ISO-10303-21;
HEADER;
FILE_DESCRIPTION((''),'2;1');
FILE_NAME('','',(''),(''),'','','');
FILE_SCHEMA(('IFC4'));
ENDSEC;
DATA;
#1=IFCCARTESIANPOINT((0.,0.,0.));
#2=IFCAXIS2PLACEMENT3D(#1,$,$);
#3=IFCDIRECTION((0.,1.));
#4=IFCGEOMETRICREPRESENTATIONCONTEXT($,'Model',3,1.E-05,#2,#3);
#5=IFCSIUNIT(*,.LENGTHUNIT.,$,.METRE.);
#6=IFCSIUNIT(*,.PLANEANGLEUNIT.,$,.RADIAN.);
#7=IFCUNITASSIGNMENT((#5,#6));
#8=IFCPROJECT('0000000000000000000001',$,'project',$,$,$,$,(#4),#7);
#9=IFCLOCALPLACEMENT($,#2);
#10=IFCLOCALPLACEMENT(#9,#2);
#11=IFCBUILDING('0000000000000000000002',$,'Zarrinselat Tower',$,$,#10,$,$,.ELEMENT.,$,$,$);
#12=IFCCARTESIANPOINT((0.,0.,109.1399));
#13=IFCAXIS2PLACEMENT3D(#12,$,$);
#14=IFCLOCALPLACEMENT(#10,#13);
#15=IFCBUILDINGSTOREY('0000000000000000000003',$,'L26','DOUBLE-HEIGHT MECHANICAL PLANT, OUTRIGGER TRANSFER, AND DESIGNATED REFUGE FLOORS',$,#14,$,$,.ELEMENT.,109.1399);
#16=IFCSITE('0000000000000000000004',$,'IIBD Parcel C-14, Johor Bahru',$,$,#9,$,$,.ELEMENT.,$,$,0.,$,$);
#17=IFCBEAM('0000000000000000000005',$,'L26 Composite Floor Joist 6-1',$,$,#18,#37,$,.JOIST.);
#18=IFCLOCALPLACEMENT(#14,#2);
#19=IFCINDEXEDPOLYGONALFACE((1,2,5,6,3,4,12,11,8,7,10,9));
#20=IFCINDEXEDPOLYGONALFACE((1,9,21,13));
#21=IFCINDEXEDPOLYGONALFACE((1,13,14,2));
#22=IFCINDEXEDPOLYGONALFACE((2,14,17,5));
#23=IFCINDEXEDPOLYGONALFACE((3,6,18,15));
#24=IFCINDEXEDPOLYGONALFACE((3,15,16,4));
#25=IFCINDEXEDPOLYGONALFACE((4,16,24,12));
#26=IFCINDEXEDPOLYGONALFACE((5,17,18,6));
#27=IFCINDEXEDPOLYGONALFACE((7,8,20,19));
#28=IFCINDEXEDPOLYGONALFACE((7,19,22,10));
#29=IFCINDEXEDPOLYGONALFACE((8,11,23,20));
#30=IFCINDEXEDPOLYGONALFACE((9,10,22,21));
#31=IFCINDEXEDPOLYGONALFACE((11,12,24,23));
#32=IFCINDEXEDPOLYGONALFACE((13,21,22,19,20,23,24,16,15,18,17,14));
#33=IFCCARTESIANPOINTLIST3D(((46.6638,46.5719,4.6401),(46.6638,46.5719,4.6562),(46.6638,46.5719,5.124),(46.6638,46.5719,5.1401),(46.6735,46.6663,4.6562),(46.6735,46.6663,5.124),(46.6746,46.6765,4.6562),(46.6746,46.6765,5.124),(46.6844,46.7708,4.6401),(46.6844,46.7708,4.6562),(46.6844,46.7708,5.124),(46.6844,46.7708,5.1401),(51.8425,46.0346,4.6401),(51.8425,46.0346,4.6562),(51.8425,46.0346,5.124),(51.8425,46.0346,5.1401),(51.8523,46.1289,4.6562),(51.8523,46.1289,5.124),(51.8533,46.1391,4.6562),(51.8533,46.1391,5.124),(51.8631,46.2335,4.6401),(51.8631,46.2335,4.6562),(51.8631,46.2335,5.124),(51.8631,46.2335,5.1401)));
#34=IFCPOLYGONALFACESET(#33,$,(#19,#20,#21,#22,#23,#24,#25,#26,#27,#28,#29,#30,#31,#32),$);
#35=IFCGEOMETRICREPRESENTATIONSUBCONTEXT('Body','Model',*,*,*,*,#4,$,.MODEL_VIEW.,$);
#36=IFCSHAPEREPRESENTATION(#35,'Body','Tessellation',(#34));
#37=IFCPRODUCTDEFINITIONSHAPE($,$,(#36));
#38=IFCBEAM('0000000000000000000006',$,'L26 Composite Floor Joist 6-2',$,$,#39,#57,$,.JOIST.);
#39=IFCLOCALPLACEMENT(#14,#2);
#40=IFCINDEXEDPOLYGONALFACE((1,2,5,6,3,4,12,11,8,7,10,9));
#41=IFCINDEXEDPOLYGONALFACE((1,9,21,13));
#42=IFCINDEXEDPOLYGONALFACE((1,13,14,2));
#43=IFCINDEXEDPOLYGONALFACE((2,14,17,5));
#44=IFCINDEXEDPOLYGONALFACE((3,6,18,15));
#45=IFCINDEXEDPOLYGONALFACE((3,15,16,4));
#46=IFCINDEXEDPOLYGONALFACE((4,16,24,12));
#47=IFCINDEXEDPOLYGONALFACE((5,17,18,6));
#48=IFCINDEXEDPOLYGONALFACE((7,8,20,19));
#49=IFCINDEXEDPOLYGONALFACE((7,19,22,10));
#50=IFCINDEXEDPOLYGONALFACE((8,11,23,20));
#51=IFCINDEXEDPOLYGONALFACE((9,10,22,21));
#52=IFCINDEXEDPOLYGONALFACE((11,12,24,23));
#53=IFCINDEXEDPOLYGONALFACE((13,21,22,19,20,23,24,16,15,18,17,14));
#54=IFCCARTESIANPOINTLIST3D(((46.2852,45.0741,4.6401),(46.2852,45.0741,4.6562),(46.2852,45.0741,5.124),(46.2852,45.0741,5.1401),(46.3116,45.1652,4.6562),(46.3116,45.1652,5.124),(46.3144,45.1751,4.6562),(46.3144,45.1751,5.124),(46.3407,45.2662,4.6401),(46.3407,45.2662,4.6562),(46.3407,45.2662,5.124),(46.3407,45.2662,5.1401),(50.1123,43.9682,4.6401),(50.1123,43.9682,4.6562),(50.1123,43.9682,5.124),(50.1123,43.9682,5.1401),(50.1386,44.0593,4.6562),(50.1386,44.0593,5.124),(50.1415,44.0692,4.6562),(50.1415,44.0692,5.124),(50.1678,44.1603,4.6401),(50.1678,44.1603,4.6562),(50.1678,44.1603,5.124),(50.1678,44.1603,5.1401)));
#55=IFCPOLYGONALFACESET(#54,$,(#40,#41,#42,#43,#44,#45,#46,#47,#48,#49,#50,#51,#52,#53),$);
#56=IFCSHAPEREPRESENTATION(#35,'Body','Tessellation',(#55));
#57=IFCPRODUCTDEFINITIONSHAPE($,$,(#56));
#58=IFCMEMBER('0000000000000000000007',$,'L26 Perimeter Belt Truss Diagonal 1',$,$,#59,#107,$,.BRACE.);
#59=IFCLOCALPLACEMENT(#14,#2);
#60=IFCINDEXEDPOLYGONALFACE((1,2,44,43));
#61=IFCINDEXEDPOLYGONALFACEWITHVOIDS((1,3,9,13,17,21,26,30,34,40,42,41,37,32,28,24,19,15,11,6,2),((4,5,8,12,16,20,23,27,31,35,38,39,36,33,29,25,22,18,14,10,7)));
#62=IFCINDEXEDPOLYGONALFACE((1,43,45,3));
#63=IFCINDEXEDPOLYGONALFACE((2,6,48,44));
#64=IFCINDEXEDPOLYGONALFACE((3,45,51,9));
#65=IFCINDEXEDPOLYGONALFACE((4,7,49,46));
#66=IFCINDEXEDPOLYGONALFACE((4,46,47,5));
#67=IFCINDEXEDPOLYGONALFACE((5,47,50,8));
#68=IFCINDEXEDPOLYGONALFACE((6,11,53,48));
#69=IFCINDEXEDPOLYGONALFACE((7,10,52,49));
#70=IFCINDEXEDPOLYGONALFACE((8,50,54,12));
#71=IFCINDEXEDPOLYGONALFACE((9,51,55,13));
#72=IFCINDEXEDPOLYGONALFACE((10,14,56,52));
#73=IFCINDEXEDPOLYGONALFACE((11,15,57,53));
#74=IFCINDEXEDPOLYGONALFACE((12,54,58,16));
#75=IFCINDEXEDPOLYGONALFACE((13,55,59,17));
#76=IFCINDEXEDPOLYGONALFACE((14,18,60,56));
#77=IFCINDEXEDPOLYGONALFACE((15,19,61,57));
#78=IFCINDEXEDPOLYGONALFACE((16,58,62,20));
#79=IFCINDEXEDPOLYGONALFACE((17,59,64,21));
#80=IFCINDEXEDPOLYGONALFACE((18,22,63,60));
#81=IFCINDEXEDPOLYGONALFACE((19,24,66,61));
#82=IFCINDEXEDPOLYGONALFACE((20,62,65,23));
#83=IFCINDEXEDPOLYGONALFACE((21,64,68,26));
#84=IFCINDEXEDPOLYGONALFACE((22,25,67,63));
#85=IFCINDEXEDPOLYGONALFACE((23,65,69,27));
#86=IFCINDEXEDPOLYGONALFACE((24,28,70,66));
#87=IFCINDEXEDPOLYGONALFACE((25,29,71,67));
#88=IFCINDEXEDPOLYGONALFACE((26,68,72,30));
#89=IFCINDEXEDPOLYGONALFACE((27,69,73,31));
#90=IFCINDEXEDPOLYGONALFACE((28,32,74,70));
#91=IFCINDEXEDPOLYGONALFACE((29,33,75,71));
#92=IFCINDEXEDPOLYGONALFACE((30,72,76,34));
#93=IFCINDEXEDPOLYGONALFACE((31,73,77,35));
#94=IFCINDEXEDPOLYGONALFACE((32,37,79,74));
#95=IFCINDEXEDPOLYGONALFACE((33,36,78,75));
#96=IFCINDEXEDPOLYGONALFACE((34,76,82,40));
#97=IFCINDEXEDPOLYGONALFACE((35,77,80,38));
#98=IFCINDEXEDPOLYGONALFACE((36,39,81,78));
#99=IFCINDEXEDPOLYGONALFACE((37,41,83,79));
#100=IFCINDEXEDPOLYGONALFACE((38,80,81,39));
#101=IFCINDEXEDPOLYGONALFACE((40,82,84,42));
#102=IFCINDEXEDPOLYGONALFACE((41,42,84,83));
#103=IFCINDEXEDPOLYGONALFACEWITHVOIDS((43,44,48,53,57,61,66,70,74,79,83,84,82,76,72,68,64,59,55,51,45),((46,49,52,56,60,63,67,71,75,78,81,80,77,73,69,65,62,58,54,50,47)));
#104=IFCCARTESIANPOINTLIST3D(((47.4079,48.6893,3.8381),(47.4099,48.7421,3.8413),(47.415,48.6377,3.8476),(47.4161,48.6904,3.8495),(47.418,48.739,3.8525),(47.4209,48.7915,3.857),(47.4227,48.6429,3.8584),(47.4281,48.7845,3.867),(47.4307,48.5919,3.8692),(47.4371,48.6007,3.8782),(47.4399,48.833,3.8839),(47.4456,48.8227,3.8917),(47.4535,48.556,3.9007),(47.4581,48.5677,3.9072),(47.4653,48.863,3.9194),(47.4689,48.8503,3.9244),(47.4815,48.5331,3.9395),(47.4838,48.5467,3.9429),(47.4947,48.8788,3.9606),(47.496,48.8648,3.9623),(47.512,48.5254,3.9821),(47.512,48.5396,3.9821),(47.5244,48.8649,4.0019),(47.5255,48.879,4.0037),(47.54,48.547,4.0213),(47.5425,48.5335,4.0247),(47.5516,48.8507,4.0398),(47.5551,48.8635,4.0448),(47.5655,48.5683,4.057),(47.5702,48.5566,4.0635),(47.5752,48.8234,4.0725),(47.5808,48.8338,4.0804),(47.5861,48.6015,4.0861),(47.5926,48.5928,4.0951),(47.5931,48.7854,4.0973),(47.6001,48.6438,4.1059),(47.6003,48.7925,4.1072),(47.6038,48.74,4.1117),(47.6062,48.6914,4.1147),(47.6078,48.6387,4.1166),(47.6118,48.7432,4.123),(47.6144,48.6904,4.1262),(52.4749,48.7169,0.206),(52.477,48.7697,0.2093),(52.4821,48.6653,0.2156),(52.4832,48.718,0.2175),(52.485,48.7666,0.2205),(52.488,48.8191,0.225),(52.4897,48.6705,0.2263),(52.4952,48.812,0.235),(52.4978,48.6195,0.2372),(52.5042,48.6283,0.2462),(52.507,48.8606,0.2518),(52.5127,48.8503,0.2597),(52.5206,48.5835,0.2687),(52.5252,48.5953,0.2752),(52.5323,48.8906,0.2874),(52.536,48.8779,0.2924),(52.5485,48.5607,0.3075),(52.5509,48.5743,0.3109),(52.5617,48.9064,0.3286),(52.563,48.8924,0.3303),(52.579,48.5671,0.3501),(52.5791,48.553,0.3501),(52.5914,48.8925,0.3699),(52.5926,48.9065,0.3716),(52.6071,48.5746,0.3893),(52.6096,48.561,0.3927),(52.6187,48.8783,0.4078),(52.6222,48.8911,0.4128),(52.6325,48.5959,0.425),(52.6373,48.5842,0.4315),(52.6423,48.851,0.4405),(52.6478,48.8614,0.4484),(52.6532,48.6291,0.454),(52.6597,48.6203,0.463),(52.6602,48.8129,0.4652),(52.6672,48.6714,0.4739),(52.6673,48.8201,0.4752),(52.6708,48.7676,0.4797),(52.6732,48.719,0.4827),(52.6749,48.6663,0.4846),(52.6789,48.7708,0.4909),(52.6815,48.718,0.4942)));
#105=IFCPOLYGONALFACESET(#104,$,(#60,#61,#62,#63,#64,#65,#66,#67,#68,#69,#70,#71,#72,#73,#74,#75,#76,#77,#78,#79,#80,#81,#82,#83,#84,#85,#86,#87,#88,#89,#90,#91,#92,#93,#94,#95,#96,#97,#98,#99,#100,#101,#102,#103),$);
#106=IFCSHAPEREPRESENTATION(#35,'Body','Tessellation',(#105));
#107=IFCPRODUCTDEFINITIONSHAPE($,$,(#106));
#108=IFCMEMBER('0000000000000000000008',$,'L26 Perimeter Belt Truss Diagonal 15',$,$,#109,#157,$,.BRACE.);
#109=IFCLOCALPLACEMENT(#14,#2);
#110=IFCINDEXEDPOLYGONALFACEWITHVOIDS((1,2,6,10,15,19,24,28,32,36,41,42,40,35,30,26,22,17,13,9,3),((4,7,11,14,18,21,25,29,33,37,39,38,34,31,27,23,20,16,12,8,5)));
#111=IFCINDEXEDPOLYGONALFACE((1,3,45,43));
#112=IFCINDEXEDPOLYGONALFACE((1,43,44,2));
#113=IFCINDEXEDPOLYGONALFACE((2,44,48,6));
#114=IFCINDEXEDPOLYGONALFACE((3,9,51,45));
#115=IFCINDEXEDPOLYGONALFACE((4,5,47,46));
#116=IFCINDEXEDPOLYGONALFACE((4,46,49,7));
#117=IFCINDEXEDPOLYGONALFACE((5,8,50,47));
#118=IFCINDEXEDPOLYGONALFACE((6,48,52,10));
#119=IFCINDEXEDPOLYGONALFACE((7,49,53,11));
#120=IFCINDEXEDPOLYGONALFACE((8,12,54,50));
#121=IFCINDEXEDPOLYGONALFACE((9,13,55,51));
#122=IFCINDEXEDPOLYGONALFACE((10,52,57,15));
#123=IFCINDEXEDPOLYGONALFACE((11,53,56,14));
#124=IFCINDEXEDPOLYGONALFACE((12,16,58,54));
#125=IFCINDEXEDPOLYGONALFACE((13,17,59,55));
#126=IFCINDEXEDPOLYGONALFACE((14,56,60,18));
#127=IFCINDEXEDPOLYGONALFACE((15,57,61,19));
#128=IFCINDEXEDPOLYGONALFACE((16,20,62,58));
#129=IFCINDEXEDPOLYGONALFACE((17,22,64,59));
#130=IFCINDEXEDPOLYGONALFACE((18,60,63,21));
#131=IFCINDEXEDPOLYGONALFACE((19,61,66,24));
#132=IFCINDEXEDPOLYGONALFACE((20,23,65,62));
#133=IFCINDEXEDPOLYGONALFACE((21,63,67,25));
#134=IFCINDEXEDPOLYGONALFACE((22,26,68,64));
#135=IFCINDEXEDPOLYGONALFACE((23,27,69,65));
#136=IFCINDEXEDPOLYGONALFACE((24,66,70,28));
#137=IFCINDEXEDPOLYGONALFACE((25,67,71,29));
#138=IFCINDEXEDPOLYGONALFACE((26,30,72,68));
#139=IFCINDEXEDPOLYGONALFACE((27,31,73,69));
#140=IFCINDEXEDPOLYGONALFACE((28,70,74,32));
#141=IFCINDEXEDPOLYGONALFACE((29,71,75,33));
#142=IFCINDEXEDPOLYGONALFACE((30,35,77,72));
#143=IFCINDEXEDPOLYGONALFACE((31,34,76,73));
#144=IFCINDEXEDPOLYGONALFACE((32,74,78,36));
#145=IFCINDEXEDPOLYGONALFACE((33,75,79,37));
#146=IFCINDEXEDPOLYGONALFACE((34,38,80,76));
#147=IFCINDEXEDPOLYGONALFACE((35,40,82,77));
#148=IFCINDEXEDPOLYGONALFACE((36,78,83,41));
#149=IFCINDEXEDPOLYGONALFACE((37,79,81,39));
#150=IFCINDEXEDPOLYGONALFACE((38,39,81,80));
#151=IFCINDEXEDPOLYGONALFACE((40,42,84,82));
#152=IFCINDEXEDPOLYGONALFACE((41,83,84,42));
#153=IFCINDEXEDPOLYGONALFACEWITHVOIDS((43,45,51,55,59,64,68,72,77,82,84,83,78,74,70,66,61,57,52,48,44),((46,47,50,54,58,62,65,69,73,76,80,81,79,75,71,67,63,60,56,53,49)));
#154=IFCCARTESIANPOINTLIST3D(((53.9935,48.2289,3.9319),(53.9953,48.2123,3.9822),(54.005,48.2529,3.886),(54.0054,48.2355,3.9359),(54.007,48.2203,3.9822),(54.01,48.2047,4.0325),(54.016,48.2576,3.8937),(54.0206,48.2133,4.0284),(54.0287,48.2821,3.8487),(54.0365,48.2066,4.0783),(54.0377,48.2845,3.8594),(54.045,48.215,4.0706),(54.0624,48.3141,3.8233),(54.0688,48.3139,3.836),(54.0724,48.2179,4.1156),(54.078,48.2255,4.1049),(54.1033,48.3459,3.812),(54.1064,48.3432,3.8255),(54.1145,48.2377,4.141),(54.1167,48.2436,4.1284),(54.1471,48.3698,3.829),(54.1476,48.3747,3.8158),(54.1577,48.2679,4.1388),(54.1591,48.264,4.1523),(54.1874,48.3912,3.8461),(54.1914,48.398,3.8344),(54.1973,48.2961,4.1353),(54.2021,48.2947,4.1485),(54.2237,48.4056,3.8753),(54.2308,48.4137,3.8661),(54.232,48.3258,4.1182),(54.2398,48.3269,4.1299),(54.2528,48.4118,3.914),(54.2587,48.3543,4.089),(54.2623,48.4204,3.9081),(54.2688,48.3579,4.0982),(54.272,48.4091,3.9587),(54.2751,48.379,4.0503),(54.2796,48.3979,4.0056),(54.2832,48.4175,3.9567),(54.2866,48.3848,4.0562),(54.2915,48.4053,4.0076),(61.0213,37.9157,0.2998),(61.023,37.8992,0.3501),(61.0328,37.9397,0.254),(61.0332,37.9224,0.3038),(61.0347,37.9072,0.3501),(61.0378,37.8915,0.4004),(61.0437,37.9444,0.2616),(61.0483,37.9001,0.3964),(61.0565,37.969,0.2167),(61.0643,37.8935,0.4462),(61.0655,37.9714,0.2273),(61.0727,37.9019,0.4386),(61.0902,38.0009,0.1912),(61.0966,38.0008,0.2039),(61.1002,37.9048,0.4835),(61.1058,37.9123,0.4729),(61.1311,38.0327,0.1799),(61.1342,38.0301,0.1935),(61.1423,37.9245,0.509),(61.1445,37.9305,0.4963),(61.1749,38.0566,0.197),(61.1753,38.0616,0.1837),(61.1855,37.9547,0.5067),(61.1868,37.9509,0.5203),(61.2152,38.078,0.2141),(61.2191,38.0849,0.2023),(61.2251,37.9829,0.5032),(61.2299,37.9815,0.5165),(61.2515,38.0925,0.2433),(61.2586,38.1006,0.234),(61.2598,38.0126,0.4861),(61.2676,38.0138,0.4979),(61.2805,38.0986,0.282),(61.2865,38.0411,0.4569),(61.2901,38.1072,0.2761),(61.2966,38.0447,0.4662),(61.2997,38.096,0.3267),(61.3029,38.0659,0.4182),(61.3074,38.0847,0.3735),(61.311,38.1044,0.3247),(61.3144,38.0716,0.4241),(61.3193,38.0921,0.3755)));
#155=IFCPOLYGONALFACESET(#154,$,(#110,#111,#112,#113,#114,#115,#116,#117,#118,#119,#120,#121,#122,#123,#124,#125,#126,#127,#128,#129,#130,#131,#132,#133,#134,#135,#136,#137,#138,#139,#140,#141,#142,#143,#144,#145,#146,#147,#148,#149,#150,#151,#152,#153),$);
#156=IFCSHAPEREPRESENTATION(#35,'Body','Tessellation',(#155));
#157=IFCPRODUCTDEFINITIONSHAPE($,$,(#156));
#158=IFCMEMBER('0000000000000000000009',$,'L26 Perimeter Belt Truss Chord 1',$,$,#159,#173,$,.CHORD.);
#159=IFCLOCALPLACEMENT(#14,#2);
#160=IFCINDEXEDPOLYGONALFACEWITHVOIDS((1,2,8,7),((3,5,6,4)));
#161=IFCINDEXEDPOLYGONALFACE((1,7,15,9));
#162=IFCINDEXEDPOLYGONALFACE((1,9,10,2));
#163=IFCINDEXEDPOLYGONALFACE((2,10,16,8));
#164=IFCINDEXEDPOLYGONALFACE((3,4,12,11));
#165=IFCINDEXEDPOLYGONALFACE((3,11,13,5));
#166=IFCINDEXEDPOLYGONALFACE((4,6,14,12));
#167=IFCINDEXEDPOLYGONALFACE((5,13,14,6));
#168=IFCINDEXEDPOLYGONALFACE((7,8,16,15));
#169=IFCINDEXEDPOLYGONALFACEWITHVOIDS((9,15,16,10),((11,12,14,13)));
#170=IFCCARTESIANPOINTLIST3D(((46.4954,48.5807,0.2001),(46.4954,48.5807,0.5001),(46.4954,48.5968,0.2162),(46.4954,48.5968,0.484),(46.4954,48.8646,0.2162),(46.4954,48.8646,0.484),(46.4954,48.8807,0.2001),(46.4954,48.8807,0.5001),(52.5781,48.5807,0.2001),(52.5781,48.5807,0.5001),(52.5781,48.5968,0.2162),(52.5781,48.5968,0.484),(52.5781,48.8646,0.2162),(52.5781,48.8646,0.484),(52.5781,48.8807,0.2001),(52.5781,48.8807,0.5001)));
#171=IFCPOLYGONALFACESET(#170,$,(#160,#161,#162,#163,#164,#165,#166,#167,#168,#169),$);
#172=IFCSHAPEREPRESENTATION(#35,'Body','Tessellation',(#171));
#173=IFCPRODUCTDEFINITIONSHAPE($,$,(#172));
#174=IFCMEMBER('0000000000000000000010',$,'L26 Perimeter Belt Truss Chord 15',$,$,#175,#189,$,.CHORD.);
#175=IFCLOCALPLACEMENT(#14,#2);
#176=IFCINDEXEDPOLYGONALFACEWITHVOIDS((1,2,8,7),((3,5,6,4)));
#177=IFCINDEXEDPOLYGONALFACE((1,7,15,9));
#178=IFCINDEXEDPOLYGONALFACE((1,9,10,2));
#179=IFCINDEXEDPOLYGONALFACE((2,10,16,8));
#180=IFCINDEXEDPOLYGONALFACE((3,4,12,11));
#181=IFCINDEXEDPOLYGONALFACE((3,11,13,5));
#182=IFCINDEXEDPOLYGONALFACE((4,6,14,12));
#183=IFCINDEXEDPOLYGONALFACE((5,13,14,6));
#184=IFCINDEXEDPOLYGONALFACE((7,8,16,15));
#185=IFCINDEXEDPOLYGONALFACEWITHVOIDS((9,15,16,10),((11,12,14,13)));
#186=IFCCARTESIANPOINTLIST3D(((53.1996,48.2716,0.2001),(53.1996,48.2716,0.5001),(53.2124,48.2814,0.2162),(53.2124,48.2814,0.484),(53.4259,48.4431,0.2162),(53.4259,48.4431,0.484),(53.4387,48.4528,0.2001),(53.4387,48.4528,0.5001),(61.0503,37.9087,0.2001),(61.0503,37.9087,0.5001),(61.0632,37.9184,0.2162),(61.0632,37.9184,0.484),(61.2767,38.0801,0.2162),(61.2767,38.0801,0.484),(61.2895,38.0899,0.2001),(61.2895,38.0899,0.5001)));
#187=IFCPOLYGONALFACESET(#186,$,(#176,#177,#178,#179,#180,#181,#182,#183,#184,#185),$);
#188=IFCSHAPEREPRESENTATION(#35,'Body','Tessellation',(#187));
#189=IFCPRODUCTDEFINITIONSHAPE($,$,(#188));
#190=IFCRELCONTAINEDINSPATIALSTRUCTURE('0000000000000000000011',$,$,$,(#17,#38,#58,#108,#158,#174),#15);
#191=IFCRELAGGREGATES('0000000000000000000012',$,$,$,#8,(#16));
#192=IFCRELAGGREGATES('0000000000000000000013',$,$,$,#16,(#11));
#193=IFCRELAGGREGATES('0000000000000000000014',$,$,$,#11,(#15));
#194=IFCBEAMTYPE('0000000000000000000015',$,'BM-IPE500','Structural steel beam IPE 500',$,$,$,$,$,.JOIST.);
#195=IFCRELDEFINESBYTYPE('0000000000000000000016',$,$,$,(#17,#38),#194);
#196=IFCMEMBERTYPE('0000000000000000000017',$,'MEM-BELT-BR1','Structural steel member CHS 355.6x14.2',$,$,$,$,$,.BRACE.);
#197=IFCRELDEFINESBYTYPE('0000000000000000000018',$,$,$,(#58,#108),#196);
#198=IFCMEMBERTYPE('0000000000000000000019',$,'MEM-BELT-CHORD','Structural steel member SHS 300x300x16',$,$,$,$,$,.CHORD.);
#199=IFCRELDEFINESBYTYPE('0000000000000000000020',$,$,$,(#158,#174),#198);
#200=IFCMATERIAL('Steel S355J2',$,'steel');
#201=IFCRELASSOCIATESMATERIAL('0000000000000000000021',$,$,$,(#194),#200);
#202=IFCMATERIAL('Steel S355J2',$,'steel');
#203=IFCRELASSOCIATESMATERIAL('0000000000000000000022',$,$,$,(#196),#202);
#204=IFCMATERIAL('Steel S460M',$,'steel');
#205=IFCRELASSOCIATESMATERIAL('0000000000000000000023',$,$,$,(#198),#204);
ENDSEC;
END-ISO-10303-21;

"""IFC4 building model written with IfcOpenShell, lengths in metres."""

from ifc_helpers import new_model, si_unit, direction, frame, origin, origin_2d, place, context, subcontext, project, spatial, hollow_rectangle, hollow_circle, i_section, extrude, material, material_profile, profile_set, type_object, element, save


model = new_model("IFC4")

# Units and contexts
model_context = context("Model", 3, precision=1e-05, world=origin(), true_north=direction((0.0, 1.0)))
body_context = subcontext(model_context, "Body", "Model", "MODEL_VIEW")
ifc_project = project(units=[si_unit("LENGTHUNIT", "METRE"), si_unit("PLANEANGLEUNIT", "RADIAN")], contexts=[model_context])

# Site, building, storey
site_placement = place(None, origin())
site = spatial("IfcSite", under=ifc_project, at=site_placement, Name="IIBD Parcel C-14, Johor Bahru", CompositionType="ELEMENT", RefElevation=0.0)
building_placement = place(site_placement, origin())
building = spatial("IfcBuilding", under=site, at=building_placement, Name="Zarrinselat Tower", CompositionType="ELEMENT")
storey_placement = place(building_placement, frame((0.0, 0.0, 109.1399)))
storey = spatial("IfcBuildingStorey", under=building, at=storey_placement, Name="L26", Description="DOUBLE-HEIGHT MECHANICAL PLANT, OUTRIGGER TRANSFER, AND DESIGNATED REFUGE FLOORS", CompositionType="ELEMENT", Elevation=109.1399)

# Beams
ifc_material_1 = material(Name="Steel S355J2", Category="steel")
ifc_material_profile_1 = material_profile(ifc_material_1, i_section(OverallWidth=0.2, OverallDepth=0.5, WebThickness=0.0103, FlangeThickness=0.0161, at=origin_2d()), Name="IPE 500")
ifc_profile_set_1 = profile_set([ifc_material_profile_1], Name="Steel S355J2")
beam_type_1 = type_object("IfcBeamType", Name="BM-IPE500", Description="Structural steel beam IPE 500", PredefinedType="JOIST", material=ifc_profile_set_1)
beam_1_placement = place(storey_placement, frame((46.6741, 46.6714, 4.8901), z_axis=(0.99466, -0.103208, 0.0), x_axis=(0.103208, 0.99466, 0.0)))
element("IfcBeam", 1, at=beam_1_placement, inside=storey, type_object=beam_type_1, Name="L26 Composite Floor Joist 6-1", PredefinedType="JOIST", context=body_context, shape_type="SweptSolid", body=[
    extrude(i_section(OverallWidth=0.2, OverallDepth=0.5, WebThickness=0.0103, FlangeThickness=0.0161, at=origin_2d()), origin(), (0.0, 0.0, 1.0), 5.2065),
])
beam_2_placement = place(storey_placement, frame((46.313, 45.1702, 4.8901), z_axis=(0.960692, -0.277618, 0.0), x_axis=(0.277618, 0.960692, 0.0)))
element("IfcBeam", 2, at=beam_2_placement, inside=storey, type_object=beam_type_1, Name="L26 Composite Floor Joist 6-2", PredefinedType="JOIST", context=body_context, shape_type="SweptSolid", body=[
    extrude(i_section(OverallWidth=0.2, OverallDepth=0.5, WebThickness=0.0103, FlangeThickness=0.0161, at=origin_2d()), origin(), (0.0, 0.0, 1.0), 3.9836),
])

# Members
ifc_material_2 = material(Name="Steel S355J2", Category="steel")
ifc_material_profile_2 = material_profile(ifc_material_2, hollow_circle(Radius=0.1777, WallThickness=0.0142, at=origin_2d()), Name="CHS 355.6x14.2")
ifc_profile_set_2 = profile_set([ifc_material_profile_2], Name="Steel S355J2")
member_type_1 = type_object("IfcMemberType", Name="MEM-BELT-BR1", Description="Structural steel member CHS 355.6x14.2", PredefinedType="BRACE", material=ifc_profile_set_2)
member_1_placement = place(storey_placement, frame((52.5781, 48.7307, 0.3501), z_axis=(-0.812761, -0.004425, 0.58258), x_axis=(0.005444, -0.999985, 0.0)))
element("IfcMember", 3, at=member_1_placement, inside=storey, type_object=member_type_1, Name="L26 Perimeter Belt Truss Diagonal 1", PredefinedType="BRACE", context=body_context, shape_type="SweptSolid", body=[
    extrude(hollow_circle(Radius=0.1777, WallThickness=0.0142, at=origin_2d()), origin(), (0.0, 0.0, 1.0), 6.2344),
])
member_2_placement = place(storey_placement, frame((61.1699, 37.9993, 0.3501), z_axis=(-0.54069, 0.793454, 0.279436), x_axis=(-0.826373, -0.563123, 0.0)))
element("IfcMember", 4, at=member_2_placement, inside=storey, type_object=member_type_1, Name="L26 Perimeter Belt Truss Diagonal 15", PredefinedType="BRACE", context=body_context, shape_type="SweptSolid", body=[
    extrude(hollow_circle(Radius=0.1777, WallThickness=0.0142, at=origin_2d()), origin(), (0.0, 0.0, 1.0), 12.9978),
])
ifc_material_3 = material(Name="Steel S460M", Category="steel")
ifc_material_profile_3 = material_profile(ifc_material_3, hollow_rectangle(XDim=0.3, YDim=0.3, WallThickness=0.0161, at=origin_2d()), Name="SHS 300x300x16")
ifc_profile_set_3 = profile_set([ifc_material_profile_3], Name="Steel S460M")
member_type_2 = type_object("IfcMemberType", Name="MEM-BELT-CHORD", Description="Structural steel member SHS 300x300x16", PredefinedType="CHORD", material=ifc_profile_set_3)
member_3_placement = place(storey_placement, frame((52.5781, 48.7307, 0.3501), z_axis=(-1.0, 0.0, 0.0), x_axis=(0.0, -1.0, 0.0)))
element("IfcMember", 5, at=member_3_placement, inside=storey, type_object=member_type_2, Name="L26 Perimeter Belt Truss Chord 1", PredefinedType="CHORD", context=body_context, shape_type="SweptSolid", body=[
    extrude(hollow_rectangle(XDim=0.3, YDim=0.3, WallThickness=0.0161, at=origin_2d()), origin(), (0.0, 0.0, 1.0), 6.0828),
])
member_4_placement = place(storey_placement, frame((61.1699, 37.9993, 0.3501), z_axis=(-0.60386, 0.797091, 0.0), x_axis=(-0.797091, -0.60386, 0.0)))
element("IfcMember", 6, at=member_4_placement, inside=storey, type_object=member_type_2, Name="L26 Perimeter Belt Truss Chord 15", PredefinedType="CHORD", context=body_context, shape_type="SweptSolid", body=[
    extrude(hollow_rectangle(XDim=0.3, YDim=0.3, WallThickness=0.0161, at=origin_2d()), origin(), (0.0, 0.0, 1.0), 13.001),
])

save(model, "model.ifc")
